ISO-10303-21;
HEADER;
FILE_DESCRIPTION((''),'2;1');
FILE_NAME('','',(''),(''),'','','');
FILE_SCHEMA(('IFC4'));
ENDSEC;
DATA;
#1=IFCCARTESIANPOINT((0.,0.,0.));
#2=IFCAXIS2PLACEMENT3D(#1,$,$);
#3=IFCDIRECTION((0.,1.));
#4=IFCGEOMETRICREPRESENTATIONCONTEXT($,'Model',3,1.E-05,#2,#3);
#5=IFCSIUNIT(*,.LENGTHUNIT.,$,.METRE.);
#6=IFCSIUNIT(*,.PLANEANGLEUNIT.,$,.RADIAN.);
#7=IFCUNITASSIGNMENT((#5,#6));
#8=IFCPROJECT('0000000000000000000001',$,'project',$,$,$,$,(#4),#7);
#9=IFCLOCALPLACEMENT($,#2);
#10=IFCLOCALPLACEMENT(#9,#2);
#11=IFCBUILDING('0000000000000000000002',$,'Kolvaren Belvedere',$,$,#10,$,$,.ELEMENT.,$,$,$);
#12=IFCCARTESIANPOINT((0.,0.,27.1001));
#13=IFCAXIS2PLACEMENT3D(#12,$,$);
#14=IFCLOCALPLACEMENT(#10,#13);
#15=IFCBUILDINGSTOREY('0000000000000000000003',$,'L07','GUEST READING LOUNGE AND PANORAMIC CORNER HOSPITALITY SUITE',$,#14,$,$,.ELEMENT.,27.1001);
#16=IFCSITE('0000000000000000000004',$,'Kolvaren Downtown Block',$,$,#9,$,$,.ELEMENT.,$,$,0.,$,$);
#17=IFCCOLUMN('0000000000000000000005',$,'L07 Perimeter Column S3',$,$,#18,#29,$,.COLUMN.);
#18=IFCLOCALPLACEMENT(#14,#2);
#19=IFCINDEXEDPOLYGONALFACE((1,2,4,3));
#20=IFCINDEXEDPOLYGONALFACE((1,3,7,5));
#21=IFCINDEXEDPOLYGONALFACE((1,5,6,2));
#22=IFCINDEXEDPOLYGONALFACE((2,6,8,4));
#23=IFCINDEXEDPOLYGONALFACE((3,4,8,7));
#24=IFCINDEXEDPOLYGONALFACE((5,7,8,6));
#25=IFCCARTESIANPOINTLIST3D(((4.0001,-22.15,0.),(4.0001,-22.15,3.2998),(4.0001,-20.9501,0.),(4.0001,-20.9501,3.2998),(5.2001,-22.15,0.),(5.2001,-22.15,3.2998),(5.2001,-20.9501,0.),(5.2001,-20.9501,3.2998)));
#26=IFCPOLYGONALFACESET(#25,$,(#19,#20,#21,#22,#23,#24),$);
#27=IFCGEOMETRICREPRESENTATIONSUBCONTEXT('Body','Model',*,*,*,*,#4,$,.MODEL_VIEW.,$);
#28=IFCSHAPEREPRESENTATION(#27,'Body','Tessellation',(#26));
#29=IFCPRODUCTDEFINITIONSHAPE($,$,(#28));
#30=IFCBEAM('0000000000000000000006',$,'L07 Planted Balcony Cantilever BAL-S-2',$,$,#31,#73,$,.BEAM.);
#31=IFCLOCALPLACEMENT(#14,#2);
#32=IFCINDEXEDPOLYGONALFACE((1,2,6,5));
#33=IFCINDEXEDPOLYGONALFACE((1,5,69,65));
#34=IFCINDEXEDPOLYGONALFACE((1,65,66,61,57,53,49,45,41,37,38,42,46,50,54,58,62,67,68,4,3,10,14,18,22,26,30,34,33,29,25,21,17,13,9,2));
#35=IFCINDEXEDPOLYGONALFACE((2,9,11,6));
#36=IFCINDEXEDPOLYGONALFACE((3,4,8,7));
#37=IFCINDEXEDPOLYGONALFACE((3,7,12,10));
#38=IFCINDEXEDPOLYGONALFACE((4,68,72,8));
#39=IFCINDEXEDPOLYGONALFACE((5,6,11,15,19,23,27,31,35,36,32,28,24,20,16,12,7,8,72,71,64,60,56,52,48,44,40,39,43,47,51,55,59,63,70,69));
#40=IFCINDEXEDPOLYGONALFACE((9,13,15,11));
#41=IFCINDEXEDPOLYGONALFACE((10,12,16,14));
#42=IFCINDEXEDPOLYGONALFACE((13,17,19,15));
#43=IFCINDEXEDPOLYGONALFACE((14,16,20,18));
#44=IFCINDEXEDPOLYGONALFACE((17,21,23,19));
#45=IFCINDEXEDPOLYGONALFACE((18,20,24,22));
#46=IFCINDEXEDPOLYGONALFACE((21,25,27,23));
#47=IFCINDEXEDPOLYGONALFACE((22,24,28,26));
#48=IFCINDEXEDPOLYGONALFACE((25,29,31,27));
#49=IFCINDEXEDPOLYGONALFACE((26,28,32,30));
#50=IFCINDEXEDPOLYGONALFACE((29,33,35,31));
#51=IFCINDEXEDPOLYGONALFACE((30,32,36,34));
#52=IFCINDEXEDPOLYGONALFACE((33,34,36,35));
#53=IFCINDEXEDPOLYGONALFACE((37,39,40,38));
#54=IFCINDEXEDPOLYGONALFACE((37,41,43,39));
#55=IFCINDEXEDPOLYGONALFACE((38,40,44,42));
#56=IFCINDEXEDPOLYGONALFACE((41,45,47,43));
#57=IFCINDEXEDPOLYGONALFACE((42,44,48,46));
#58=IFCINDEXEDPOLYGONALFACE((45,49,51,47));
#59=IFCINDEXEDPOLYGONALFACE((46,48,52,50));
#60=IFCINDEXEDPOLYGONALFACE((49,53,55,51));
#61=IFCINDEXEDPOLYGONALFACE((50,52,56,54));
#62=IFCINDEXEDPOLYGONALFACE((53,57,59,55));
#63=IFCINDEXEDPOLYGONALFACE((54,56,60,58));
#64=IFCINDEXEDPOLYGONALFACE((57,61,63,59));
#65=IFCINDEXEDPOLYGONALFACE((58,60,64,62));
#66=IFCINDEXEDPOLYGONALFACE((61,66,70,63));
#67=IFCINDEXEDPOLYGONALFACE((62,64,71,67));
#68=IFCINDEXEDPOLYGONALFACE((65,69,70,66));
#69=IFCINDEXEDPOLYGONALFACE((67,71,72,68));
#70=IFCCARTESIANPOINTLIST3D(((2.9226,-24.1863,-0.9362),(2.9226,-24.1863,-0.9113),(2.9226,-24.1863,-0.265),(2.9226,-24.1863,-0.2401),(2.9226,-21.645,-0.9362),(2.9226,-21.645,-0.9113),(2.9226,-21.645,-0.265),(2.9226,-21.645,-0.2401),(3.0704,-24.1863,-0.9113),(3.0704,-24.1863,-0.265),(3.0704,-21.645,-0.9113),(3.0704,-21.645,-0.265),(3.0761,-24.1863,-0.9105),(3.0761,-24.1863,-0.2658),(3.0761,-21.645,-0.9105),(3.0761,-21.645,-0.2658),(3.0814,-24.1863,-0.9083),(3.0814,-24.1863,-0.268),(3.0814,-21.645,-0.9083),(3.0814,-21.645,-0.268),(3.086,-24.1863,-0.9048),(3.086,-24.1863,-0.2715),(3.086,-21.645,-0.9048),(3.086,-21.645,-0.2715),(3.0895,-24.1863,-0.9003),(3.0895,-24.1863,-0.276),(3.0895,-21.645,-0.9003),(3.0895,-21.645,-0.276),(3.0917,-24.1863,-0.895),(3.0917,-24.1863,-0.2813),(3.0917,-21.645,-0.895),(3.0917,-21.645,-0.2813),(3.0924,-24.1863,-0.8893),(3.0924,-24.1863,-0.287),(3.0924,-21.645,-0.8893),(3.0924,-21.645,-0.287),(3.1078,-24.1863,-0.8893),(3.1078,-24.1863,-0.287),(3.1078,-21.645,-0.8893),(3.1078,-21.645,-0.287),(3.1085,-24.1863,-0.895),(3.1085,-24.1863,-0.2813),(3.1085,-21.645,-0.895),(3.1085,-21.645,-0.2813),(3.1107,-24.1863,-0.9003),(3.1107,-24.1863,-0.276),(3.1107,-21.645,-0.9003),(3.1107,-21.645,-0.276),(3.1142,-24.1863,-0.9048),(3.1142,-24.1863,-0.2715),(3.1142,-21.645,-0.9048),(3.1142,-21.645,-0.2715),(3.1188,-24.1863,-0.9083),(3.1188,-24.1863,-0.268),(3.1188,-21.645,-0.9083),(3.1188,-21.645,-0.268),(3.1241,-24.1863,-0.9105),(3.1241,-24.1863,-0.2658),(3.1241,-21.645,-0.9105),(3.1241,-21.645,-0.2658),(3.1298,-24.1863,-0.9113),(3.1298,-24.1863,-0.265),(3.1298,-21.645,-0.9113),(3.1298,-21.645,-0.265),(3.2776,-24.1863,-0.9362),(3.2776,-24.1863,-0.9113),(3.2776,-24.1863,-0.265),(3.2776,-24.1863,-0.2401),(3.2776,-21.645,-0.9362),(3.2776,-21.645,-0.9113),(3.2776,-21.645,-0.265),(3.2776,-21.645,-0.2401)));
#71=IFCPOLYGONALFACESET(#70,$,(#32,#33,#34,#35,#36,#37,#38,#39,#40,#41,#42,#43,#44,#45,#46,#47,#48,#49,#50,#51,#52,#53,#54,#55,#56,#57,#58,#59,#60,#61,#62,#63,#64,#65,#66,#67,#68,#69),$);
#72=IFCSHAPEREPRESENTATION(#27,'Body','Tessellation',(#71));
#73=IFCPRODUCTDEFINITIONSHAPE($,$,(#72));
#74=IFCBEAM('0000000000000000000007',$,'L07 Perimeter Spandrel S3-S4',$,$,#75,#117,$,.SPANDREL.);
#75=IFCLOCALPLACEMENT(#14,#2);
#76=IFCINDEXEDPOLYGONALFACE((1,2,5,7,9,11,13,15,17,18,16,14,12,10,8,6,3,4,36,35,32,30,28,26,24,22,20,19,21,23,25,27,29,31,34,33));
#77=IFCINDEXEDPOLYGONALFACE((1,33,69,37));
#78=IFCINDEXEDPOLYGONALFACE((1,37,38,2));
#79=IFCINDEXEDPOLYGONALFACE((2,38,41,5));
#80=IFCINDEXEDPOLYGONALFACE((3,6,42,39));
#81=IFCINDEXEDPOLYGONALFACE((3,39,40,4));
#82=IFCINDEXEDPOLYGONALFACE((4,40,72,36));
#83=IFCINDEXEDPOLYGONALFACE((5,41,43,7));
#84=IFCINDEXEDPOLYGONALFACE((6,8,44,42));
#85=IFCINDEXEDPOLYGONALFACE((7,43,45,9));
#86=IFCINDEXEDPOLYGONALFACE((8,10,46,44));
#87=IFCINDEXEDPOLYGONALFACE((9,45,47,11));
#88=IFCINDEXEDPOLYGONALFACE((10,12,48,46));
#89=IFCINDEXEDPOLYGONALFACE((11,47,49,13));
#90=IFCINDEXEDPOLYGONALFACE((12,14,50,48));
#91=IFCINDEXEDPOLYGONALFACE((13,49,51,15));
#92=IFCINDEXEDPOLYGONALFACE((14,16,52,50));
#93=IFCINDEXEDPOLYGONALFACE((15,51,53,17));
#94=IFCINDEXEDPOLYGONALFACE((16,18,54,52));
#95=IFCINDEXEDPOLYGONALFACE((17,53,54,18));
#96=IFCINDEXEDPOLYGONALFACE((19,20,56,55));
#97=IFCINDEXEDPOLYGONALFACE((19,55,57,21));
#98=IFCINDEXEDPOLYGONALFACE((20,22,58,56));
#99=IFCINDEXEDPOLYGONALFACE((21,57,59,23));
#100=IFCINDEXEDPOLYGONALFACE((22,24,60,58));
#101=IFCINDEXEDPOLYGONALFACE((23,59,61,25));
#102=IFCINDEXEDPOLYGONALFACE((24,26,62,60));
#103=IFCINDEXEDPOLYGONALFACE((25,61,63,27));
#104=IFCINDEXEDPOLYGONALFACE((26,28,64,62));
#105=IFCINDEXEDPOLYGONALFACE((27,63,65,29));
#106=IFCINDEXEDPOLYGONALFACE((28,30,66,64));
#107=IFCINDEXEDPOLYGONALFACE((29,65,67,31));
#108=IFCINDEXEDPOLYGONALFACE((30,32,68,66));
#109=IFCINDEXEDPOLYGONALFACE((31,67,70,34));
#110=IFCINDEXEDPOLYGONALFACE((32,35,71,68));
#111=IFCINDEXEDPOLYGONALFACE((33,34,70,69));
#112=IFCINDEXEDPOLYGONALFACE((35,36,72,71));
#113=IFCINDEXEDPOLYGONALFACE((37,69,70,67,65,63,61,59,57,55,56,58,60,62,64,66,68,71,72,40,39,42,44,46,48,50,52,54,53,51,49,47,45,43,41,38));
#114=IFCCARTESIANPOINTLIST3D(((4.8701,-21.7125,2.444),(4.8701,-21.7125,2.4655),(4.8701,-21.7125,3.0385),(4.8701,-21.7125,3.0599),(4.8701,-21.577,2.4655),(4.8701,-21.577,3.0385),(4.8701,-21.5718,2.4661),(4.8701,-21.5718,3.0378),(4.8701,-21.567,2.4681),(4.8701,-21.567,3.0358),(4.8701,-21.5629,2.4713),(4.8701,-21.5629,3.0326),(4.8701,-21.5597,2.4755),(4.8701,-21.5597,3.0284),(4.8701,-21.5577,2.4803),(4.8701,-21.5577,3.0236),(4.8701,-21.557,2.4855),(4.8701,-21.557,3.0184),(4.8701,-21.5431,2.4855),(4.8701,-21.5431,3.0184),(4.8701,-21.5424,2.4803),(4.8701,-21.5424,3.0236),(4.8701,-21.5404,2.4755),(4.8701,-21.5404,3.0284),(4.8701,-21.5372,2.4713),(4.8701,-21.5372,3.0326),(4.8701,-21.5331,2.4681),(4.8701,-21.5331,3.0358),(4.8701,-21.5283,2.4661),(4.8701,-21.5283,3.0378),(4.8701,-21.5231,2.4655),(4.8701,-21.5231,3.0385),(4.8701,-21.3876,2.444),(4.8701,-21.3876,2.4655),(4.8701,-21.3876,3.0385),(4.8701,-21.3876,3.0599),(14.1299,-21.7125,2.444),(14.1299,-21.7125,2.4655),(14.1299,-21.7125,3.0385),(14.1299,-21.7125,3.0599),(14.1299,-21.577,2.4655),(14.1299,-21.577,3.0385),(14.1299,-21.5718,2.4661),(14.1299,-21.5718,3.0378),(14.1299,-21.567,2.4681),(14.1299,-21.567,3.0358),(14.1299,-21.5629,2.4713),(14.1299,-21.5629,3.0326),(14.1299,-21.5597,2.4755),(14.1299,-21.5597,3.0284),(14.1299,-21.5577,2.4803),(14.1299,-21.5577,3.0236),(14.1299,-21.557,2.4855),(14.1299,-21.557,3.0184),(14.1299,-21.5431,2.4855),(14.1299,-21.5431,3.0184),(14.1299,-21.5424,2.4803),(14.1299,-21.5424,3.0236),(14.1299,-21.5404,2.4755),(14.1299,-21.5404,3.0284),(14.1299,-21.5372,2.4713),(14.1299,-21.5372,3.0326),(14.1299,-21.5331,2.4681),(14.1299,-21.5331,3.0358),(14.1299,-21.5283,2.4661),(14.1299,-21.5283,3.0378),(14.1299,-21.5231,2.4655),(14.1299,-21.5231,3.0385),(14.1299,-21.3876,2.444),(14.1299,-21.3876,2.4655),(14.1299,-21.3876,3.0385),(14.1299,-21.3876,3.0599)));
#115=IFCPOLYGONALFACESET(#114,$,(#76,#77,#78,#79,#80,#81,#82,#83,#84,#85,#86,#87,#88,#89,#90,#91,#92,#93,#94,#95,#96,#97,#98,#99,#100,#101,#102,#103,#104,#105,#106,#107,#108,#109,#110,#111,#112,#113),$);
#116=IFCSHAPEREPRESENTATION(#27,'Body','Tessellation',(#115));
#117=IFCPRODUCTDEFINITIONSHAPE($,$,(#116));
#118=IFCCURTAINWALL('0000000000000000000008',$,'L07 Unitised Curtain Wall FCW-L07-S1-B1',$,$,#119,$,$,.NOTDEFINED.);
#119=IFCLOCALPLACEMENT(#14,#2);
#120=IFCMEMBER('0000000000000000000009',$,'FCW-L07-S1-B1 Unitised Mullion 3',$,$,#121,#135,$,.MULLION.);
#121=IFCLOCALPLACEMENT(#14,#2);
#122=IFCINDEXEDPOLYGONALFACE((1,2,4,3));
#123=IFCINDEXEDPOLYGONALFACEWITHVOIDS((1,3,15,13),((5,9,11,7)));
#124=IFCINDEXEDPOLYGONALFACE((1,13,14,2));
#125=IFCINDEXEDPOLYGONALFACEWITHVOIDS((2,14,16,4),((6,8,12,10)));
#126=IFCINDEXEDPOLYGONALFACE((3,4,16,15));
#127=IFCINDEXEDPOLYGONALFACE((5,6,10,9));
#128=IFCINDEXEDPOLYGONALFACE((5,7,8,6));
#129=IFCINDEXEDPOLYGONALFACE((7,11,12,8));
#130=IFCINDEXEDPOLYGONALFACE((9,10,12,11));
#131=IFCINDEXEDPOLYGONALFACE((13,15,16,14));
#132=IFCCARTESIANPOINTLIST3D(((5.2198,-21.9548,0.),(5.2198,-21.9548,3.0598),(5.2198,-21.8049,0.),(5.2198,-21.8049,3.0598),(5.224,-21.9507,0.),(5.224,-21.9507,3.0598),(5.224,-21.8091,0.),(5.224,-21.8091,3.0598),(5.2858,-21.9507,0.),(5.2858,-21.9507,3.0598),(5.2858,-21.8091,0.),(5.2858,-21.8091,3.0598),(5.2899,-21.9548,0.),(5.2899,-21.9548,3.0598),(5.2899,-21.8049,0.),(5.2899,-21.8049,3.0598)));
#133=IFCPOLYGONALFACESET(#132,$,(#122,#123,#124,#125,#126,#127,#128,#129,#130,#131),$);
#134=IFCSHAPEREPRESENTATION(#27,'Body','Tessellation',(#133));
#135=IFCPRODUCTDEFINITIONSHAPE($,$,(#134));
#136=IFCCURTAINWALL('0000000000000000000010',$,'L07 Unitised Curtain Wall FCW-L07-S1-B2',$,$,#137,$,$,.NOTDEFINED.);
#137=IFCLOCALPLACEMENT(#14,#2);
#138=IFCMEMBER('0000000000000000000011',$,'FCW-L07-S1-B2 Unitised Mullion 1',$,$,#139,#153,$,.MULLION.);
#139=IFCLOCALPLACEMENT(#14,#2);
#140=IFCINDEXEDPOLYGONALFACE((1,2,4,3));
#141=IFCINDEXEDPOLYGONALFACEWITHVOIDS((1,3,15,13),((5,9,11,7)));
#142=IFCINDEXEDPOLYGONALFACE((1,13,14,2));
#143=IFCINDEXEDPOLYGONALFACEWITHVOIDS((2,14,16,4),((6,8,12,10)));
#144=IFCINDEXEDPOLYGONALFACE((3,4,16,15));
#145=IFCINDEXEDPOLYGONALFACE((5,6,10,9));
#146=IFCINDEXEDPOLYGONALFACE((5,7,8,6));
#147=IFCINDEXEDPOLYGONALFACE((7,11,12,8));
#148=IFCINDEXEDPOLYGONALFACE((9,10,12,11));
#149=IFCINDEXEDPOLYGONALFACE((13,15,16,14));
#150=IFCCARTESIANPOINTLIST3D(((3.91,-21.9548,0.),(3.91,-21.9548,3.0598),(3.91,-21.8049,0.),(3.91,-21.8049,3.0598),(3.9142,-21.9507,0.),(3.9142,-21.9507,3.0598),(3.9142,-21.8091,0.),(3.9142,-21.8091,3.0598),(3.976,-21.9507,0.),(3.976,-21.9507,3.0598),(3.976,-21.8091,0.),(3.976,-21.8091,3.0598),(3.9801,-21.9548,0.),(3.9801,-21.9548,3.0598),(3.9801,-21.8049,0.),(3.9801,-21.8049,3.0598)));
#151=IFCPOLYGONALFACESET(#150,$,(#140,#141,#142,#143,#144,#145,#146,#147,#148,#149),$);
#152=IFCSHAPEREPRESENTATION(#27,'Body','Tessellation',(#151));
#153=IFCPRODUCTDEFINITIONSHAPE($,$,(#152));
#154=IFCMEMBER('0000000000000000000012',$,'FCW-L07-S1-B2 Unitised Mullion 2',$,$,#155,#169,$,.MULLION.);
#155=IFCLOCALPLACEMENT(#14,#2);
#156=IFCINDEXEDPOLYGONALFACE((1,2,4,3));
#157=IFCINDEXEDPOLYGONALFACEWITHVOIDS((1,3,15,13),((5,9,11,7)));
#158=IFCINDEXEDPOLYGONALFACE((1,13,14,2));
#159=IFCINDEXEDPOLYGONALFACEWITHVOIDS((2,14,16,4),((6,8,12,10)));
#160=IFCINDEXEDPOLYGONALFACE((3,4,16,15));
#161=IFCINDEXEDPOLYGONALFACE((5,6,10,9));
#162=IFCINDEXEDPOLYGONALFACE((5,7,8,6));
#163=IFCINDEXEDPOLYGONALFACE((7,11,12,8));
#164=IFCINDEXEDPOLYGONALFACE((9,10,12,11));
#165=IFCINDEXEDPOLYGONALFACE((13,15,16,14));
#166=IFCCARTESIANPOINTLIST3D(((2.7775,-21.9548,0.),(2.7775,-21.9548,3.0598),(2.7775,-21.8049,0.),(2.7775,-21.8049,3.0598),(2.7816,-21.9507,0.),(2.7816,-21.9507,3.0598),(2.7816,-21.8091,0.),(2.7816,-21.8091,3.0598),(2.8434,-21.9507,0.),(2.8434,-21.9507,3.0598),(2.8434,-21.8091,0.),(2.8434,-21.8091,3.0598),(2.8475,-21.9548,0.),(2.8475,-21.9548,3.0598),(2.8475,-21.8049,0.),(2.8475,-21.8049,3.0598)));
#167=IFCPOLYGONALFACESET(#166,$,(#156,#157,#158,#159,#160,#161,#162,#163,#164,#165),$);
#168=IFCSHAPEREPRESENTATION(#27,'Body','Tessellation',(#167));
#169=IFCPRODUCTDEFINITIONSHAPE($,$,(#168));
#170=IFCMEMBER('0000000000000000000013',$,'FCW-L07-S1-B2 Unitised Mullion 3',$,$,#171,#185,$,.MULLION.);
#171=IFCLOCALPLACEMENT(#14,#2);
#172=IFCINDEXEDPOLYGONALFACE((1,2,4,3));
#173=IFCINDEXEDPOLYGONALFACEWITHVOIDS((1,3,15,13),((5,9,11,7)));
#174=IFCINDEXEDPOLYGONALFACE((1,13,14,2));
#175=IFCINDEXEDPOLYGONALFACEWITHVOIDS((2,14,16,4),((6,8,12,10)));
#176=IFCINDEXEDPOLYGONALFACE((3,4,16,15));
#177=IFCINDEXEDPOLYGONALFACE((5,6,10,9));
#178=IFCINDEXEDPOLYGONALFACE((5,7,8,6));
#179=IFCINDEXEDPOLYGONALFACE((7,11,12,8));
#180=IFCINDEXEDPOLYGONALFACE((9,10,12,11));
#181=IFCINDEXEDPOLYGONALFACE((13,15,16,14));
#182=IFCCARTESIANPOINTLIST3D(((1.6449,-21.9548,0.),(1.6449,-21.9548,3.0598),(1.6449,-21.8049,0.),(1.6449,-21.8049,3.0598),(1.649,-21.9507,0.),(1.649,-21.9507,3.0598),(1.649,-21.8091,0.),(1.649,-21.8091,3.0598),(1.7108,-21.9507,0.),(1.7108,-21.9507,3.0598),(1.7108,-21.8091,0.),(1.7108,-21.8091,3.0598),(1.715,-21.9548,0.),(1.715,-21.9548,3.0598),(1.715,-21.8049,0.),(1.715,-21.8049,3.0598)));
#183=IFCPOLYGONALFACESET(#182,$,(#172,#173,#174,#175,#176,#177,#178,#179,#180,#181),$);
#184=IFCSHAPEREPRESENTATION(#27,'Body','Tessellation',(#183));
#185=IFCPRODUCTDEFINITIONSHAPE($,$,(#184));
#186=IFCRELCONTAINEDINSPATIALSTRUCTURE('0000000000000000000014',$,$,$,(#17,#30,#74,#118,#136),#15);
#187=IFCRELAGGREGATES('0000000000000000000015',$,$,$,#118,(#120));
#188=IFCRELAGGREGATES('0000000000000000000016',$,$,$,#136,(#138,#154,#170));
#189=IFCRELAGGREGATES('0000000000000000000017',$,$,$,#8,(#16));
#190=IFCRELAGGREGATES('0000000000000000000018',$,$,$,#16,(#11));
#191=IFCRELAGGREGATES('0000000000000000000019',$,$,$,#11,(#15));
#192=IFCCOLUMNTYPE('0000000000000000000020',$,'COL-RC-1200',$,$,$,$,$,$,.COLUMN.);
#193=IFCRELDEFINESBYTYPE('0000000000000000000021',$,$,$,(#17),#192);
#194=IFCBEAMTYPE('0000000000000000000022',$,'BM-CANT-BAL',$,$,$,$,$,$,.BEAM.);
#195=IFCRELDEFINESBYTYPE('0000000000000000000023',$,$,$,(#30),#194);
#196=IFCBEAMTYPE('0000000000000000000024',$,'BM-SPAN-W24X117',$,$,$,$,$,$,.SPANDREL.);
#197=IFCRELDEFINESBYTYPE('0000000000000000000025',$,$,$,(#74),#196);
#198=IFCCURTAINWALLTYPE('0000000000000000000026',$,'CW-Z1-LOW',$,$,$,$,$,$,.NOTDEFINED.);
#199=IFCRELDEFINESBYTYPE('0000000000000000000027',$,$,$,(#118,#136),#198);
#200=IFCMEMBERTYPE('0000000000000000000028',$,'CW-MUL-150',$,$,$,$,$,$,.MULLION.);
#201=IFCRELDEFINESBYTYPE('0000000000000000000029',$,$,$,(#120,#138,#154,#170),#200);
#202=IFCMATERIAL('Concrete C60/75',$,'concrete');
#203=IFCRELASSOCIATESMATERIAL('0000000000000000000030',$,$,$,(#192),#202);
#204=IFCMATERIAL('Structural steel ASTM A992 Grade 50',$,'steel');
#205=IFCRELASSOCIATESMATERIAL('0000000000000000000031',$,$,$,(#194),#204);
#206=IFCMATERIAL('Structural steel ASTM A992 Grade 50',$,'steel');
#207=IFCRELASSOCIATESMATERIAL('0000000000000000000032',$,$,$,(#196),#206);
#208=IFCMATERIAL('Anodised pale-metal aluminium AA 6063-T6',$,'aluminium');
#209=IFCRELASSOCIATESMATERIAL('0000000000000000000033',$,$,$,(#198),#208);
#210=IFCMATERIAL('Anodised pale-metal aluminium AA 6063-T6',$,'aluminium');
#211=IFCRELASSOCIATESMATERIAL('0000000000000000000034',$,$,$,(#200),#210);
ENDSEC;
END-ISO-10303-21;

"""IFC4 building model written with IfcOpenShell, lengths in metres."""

from ifc_helpers import new_model, si_unit, direction, frame, origin, origin_2d, place, context, subcontext, project, spatial, rectangle, hollow_rectangle, i_section, extrude, material, material_profile, profile_set, type_object, element, aggregate, save


model = new_model("IFC4")

# Units and contexts
model_context = context("Model", 3, precision=1e-05, world=origin(), true_north=direction((0.0, 1.0)))
body_context = subcontext(model_context, "Body", "Model", "MODEL_VIEW")
ifc_project = project(units=[si_unit("LENGTHUNIT", "METRE"), si_unit("PLANEANGLEUNIT", "RADIAN")], contexts=[model_context])

# Site, building, storey
site_placement = place(None, origin())
site = spatial("IfcSite", under=ifc_project, at=site_placement, Name="Kolvaren Downtown Block", CompositionType="ELEMENT", RefElevation=0.0)
building_placement = place(site_placement, origin())
building = spatial("IfcBuilding", under=site, at=building_placement, Name="Kolvaren Belvedere", CompositionType="ELEMENT")
storey_placement = place(building_placement, frame((0.0, 0.0, 27.1001)))
storey = spatial("IfcBuildingStorey", under=building, at=storey_placement, Name="L07", Description="GUEST READING LOUNGE AND PANORAMIC CORNER HOSPITALITY SUITE", CompositionType="ELEMENT", Elevation=27.1001)

# Column
ifc_material_1 = material(Name="Concrete C60/75", Category="concrete")
ifc_material_profile_1 = material_profile(ifc_material_1, rectangle(XDim=1.2, YDim=1.2, at=origin_2d()), Name="RC 1200X1200")
ifc_profile_set_1 = profile_set([ifc_material_profile_1], Name="Concrete C60/75")
column_type = type_object("IfcColumnType", Name="COL-RC-1200", PredefinedType="COLUMN", material=ifc_profile_set_1)
column_placement = place(storey_placement, frame((4.6001, -21.55, 0.0), z_axis=(0.0, 0.0, 1.0), x_axis=(1.0, 0.0, 0.0)))
element("IfcColumn", 1, at=column_placement, inside=storey, type_object=column_type, Name="L07 Perimeter Column S3", PredefinedType="COLUMN", context=body_context, shape_type="SweptSolid", body=[
    extrude(rectangle(XDim=1.2, YDim=1.2, at=origin_2d()), origin(), (0.0, 0.0, 1.0), 3.2998),
])

# Beams
ifc_material_2 = material(Name="Structural steel ASTM A992 Grade 50", Category="steel")
ifc_material_profile_2 = material_profile(ifc_material_2, i_section(OverallWidth=0.355, OverallDepth=0.696, WebThickness=0.0154, FlangeThickness=0.0249, FilletRadius=0.022, at=origin_2d()), Name="W27X146")
ifc_profile_set_2 = profile_set([ifc_material_profile_2], Name="Structural steel ASTM A992 Grade 50")
beam_type_1 = type_object("IfcBeamType", Name="BM-CANT-BAL", PredefinedType="BEAM", material=ifc_profile_set_2)
beam_1_placement = place(storey_placement, frame((3.1001, -21.645, -0.5881), z_axis=(0.0, -1.0, 0.0), x_axis=(1.0, 0.0, 0.0)))
element("IfcBeam", 2, at=beam_1_placement, inside=storey, type_object=beam_type_1, Name="L07 Planted Balcony Cantilever BAL-S-2", PredefinedType="BEAM", context=body_context, shape_type="SweptSolid", body=[
    extrude(i_section(OverallWidth=0.355, OverallDepth=0.696, WebThickness=0.0154, FlangeThickness=0.0249, FilletRadius=0.022, at=origin_2d()), origin(), (0.0, 0.0, 1.0), 2.5413),
])
ifc_material_3 = material(Name="Structural steel ASTM A992 Grade 50", Category="steel")
ifc_material_profile_3 = material_profile(ifc_material_3, i_section(OverallWidth=0.325, OverallDepth=0.616, WebThickness=0.0139, FlangeThickness=0.0215, FilletRadius=0.02, at=origin_2d()), Name="W24X117")
ifc_profile_set_3 = profile_set([ifc_material_profile_3], Name="Structural steel ASTM A992 Grade 50")
beam_type_2 = type_object("IfcBeamType", Name="BM-SPAN-W24X117", PredefinedType="SPANDREL", material=ifc_profile_set_3)
beam_2_placement = place(storey_placement, frame((4.8701, -21.55, 2.752), z_axis=(1.0, 0.0, 0.0), x_axis=(0.0, 1.0, 0.0)))
element("IfcBeam", 3, at=beam_2_placement, inside=storey, type_object=beam_type_2, Name="L07 Perimeter Spandrel S3-S4", PredefinedType="SPANDREL", context=body_context, shape_type="SweptSolid", body=[
    extrude(i_section(OverallWidth=0.325, OverallDepth=0.616, WebThickness=0.0139, FlangeThickness=0.0215, FilletRadius=0.02, at=origin_2d()), origin(), (0.0, 0.0, 1.0), 9.2598),
])

# Curtain wall, member
ifc_material_4 = material(Name="Anodised pale-metal aluminium AA 6063-T6", Category="aluminium")
curtain_wall_type = type_object("IfcCurtainWallType", Name="CW-Z1-LOW", PredefinedType="NOTDEFINED", material=ifc_material_4)
curtain_wall_1_placement = place(storey_placement, origin())
curtain_wall_1 = element("IfcCurtainWall", 4, at=curtain_wall_1_placement, inside=storey, type_object=curtain_wall_type, Name="L07 Unitised Curtain Wall FCW-L07-S1-B1", PredefinedType="NOTDEFINED")
ifc_material_5 = material(Name="Anodised pale-metal aluminium AA 6063-T6", Category="aluminium")
ifc_material_profile_4 = material_profile(ifc_material_5, hollow_rectangle(XDim=0.0701, YDim=0.1499, WallThickness=0.0042, at=origin_2d()), Name="ALU-MUL-150X70")
ifc_profile_set_4 = profile_set([ifc_material_profile_4], Name="Anodised pale-metal aluminium AA 6063-T6")
member_type_1 = type_object("IfcMemberType", Name="CW-MUL-150", PredefinedType="MULLION", material=ifc_profile_set_4)
member_1_placement = place(storey_placement, frame((5.2549, -21.8799, 0.0), z_axis=(0.0, 0.0, 1.0), x_axis=(1.0, 0.0, 0.0)))
member_1 = element("IfcMember", 5, at=member_1_placement, type_object=member_type_1, Name="FCW-L07-S1-B1 Unitised Mullion 3", PredefinedType="MULLION", context=body_context, shape_type="SweptSolid", body=[
    extrude(hollow_rectangle(XDim=0.0701, YDim=0.1499, WallThickness=0.0042, at=origin_2d()), origin(), (0.0, 0.0, 1.0), 3.0598),
])
aggregate(curtain_wall_1, [member_1])

# Curtain wall, members
curtain_wall_2_placement = place(storey_placement, origin())
curtain_wall_2 = element("IfcCurtainWall", 6, at=curtain_wall_2_placement, inside=storey, type_object=curtain_wall_type, Name="L07 Unitised Curtain Wall FCW-L07-S1-B2", PredefinedType="NOTDEFINED")
member_2_placement = place(storey_placement, frame((3.9451, -21.8799, 0.0), z_axis=(0.0, 0.0, 1.0), x_axis=(1.0, 0.0, 0.0)))
member_2 = element("IfcMember", 7, at=member_2_placement, type_object=member_type_1, Name="FCW-L07-S1-B2 Unitised Mullion 1", PredefinedType="MULLION", context=body_context, shape_type="SweptSolid", body=[
    extrude(hollow_rectangle(XDim=0.0701, YDim=0.1499, WallThickness=0.0042, at=origin_2d()), origin(), (0.0, 0.0, 1.0), 3.0598),
])
member_3_placement = place(storey_placement, frame((2.8125, -21.8799, 0.0), z_axis=(0.0, 0.0, 1.0), x_axis=(1.0, 0.0, 0.0)))
member_3 = element("IfcMember", 8, at=member_3_placement, type_object=member_type_1, Name="FCW-L07-S1-B2 Unitised Mullion 2", PredefinedType="MULLION", context=body_context, shape_type="SweptSolid", body=[
    extrude(hollow_rectangle(XDim=0.0701, YDim=0.1499, WallThickness=0.0042, at=origin_2d()), origin(), (0.0, 0.0, 1.0), 3.0598),
])
member_4_placement = place(storey_placement, frame((1.6799, -21.8799, 0.0), z_axis=(0.0, 0.0, 1.0), x_axis=(1.0, 0.0, 0.0)))
member_4 = element("IfcMember", 9, at=member_4_placement, type_object=member_type_1, Name="FCW-L07-S1-B2 Unitised Mullion 3", PredefinedType="MULLION", context=body_context, shape_type="SweptSolid", body=[
    extrude(hollow_rectangle(XDim=0.0701, YDim=0.1499, WallThickness=0.0042, at=origin_2d()), origin(), (0.0, 0.0, 1.0), 3.0598),
])
aggregate(curtain_wall_2, [member_2, member_3, member_4])

save(model, "model.ifc")
